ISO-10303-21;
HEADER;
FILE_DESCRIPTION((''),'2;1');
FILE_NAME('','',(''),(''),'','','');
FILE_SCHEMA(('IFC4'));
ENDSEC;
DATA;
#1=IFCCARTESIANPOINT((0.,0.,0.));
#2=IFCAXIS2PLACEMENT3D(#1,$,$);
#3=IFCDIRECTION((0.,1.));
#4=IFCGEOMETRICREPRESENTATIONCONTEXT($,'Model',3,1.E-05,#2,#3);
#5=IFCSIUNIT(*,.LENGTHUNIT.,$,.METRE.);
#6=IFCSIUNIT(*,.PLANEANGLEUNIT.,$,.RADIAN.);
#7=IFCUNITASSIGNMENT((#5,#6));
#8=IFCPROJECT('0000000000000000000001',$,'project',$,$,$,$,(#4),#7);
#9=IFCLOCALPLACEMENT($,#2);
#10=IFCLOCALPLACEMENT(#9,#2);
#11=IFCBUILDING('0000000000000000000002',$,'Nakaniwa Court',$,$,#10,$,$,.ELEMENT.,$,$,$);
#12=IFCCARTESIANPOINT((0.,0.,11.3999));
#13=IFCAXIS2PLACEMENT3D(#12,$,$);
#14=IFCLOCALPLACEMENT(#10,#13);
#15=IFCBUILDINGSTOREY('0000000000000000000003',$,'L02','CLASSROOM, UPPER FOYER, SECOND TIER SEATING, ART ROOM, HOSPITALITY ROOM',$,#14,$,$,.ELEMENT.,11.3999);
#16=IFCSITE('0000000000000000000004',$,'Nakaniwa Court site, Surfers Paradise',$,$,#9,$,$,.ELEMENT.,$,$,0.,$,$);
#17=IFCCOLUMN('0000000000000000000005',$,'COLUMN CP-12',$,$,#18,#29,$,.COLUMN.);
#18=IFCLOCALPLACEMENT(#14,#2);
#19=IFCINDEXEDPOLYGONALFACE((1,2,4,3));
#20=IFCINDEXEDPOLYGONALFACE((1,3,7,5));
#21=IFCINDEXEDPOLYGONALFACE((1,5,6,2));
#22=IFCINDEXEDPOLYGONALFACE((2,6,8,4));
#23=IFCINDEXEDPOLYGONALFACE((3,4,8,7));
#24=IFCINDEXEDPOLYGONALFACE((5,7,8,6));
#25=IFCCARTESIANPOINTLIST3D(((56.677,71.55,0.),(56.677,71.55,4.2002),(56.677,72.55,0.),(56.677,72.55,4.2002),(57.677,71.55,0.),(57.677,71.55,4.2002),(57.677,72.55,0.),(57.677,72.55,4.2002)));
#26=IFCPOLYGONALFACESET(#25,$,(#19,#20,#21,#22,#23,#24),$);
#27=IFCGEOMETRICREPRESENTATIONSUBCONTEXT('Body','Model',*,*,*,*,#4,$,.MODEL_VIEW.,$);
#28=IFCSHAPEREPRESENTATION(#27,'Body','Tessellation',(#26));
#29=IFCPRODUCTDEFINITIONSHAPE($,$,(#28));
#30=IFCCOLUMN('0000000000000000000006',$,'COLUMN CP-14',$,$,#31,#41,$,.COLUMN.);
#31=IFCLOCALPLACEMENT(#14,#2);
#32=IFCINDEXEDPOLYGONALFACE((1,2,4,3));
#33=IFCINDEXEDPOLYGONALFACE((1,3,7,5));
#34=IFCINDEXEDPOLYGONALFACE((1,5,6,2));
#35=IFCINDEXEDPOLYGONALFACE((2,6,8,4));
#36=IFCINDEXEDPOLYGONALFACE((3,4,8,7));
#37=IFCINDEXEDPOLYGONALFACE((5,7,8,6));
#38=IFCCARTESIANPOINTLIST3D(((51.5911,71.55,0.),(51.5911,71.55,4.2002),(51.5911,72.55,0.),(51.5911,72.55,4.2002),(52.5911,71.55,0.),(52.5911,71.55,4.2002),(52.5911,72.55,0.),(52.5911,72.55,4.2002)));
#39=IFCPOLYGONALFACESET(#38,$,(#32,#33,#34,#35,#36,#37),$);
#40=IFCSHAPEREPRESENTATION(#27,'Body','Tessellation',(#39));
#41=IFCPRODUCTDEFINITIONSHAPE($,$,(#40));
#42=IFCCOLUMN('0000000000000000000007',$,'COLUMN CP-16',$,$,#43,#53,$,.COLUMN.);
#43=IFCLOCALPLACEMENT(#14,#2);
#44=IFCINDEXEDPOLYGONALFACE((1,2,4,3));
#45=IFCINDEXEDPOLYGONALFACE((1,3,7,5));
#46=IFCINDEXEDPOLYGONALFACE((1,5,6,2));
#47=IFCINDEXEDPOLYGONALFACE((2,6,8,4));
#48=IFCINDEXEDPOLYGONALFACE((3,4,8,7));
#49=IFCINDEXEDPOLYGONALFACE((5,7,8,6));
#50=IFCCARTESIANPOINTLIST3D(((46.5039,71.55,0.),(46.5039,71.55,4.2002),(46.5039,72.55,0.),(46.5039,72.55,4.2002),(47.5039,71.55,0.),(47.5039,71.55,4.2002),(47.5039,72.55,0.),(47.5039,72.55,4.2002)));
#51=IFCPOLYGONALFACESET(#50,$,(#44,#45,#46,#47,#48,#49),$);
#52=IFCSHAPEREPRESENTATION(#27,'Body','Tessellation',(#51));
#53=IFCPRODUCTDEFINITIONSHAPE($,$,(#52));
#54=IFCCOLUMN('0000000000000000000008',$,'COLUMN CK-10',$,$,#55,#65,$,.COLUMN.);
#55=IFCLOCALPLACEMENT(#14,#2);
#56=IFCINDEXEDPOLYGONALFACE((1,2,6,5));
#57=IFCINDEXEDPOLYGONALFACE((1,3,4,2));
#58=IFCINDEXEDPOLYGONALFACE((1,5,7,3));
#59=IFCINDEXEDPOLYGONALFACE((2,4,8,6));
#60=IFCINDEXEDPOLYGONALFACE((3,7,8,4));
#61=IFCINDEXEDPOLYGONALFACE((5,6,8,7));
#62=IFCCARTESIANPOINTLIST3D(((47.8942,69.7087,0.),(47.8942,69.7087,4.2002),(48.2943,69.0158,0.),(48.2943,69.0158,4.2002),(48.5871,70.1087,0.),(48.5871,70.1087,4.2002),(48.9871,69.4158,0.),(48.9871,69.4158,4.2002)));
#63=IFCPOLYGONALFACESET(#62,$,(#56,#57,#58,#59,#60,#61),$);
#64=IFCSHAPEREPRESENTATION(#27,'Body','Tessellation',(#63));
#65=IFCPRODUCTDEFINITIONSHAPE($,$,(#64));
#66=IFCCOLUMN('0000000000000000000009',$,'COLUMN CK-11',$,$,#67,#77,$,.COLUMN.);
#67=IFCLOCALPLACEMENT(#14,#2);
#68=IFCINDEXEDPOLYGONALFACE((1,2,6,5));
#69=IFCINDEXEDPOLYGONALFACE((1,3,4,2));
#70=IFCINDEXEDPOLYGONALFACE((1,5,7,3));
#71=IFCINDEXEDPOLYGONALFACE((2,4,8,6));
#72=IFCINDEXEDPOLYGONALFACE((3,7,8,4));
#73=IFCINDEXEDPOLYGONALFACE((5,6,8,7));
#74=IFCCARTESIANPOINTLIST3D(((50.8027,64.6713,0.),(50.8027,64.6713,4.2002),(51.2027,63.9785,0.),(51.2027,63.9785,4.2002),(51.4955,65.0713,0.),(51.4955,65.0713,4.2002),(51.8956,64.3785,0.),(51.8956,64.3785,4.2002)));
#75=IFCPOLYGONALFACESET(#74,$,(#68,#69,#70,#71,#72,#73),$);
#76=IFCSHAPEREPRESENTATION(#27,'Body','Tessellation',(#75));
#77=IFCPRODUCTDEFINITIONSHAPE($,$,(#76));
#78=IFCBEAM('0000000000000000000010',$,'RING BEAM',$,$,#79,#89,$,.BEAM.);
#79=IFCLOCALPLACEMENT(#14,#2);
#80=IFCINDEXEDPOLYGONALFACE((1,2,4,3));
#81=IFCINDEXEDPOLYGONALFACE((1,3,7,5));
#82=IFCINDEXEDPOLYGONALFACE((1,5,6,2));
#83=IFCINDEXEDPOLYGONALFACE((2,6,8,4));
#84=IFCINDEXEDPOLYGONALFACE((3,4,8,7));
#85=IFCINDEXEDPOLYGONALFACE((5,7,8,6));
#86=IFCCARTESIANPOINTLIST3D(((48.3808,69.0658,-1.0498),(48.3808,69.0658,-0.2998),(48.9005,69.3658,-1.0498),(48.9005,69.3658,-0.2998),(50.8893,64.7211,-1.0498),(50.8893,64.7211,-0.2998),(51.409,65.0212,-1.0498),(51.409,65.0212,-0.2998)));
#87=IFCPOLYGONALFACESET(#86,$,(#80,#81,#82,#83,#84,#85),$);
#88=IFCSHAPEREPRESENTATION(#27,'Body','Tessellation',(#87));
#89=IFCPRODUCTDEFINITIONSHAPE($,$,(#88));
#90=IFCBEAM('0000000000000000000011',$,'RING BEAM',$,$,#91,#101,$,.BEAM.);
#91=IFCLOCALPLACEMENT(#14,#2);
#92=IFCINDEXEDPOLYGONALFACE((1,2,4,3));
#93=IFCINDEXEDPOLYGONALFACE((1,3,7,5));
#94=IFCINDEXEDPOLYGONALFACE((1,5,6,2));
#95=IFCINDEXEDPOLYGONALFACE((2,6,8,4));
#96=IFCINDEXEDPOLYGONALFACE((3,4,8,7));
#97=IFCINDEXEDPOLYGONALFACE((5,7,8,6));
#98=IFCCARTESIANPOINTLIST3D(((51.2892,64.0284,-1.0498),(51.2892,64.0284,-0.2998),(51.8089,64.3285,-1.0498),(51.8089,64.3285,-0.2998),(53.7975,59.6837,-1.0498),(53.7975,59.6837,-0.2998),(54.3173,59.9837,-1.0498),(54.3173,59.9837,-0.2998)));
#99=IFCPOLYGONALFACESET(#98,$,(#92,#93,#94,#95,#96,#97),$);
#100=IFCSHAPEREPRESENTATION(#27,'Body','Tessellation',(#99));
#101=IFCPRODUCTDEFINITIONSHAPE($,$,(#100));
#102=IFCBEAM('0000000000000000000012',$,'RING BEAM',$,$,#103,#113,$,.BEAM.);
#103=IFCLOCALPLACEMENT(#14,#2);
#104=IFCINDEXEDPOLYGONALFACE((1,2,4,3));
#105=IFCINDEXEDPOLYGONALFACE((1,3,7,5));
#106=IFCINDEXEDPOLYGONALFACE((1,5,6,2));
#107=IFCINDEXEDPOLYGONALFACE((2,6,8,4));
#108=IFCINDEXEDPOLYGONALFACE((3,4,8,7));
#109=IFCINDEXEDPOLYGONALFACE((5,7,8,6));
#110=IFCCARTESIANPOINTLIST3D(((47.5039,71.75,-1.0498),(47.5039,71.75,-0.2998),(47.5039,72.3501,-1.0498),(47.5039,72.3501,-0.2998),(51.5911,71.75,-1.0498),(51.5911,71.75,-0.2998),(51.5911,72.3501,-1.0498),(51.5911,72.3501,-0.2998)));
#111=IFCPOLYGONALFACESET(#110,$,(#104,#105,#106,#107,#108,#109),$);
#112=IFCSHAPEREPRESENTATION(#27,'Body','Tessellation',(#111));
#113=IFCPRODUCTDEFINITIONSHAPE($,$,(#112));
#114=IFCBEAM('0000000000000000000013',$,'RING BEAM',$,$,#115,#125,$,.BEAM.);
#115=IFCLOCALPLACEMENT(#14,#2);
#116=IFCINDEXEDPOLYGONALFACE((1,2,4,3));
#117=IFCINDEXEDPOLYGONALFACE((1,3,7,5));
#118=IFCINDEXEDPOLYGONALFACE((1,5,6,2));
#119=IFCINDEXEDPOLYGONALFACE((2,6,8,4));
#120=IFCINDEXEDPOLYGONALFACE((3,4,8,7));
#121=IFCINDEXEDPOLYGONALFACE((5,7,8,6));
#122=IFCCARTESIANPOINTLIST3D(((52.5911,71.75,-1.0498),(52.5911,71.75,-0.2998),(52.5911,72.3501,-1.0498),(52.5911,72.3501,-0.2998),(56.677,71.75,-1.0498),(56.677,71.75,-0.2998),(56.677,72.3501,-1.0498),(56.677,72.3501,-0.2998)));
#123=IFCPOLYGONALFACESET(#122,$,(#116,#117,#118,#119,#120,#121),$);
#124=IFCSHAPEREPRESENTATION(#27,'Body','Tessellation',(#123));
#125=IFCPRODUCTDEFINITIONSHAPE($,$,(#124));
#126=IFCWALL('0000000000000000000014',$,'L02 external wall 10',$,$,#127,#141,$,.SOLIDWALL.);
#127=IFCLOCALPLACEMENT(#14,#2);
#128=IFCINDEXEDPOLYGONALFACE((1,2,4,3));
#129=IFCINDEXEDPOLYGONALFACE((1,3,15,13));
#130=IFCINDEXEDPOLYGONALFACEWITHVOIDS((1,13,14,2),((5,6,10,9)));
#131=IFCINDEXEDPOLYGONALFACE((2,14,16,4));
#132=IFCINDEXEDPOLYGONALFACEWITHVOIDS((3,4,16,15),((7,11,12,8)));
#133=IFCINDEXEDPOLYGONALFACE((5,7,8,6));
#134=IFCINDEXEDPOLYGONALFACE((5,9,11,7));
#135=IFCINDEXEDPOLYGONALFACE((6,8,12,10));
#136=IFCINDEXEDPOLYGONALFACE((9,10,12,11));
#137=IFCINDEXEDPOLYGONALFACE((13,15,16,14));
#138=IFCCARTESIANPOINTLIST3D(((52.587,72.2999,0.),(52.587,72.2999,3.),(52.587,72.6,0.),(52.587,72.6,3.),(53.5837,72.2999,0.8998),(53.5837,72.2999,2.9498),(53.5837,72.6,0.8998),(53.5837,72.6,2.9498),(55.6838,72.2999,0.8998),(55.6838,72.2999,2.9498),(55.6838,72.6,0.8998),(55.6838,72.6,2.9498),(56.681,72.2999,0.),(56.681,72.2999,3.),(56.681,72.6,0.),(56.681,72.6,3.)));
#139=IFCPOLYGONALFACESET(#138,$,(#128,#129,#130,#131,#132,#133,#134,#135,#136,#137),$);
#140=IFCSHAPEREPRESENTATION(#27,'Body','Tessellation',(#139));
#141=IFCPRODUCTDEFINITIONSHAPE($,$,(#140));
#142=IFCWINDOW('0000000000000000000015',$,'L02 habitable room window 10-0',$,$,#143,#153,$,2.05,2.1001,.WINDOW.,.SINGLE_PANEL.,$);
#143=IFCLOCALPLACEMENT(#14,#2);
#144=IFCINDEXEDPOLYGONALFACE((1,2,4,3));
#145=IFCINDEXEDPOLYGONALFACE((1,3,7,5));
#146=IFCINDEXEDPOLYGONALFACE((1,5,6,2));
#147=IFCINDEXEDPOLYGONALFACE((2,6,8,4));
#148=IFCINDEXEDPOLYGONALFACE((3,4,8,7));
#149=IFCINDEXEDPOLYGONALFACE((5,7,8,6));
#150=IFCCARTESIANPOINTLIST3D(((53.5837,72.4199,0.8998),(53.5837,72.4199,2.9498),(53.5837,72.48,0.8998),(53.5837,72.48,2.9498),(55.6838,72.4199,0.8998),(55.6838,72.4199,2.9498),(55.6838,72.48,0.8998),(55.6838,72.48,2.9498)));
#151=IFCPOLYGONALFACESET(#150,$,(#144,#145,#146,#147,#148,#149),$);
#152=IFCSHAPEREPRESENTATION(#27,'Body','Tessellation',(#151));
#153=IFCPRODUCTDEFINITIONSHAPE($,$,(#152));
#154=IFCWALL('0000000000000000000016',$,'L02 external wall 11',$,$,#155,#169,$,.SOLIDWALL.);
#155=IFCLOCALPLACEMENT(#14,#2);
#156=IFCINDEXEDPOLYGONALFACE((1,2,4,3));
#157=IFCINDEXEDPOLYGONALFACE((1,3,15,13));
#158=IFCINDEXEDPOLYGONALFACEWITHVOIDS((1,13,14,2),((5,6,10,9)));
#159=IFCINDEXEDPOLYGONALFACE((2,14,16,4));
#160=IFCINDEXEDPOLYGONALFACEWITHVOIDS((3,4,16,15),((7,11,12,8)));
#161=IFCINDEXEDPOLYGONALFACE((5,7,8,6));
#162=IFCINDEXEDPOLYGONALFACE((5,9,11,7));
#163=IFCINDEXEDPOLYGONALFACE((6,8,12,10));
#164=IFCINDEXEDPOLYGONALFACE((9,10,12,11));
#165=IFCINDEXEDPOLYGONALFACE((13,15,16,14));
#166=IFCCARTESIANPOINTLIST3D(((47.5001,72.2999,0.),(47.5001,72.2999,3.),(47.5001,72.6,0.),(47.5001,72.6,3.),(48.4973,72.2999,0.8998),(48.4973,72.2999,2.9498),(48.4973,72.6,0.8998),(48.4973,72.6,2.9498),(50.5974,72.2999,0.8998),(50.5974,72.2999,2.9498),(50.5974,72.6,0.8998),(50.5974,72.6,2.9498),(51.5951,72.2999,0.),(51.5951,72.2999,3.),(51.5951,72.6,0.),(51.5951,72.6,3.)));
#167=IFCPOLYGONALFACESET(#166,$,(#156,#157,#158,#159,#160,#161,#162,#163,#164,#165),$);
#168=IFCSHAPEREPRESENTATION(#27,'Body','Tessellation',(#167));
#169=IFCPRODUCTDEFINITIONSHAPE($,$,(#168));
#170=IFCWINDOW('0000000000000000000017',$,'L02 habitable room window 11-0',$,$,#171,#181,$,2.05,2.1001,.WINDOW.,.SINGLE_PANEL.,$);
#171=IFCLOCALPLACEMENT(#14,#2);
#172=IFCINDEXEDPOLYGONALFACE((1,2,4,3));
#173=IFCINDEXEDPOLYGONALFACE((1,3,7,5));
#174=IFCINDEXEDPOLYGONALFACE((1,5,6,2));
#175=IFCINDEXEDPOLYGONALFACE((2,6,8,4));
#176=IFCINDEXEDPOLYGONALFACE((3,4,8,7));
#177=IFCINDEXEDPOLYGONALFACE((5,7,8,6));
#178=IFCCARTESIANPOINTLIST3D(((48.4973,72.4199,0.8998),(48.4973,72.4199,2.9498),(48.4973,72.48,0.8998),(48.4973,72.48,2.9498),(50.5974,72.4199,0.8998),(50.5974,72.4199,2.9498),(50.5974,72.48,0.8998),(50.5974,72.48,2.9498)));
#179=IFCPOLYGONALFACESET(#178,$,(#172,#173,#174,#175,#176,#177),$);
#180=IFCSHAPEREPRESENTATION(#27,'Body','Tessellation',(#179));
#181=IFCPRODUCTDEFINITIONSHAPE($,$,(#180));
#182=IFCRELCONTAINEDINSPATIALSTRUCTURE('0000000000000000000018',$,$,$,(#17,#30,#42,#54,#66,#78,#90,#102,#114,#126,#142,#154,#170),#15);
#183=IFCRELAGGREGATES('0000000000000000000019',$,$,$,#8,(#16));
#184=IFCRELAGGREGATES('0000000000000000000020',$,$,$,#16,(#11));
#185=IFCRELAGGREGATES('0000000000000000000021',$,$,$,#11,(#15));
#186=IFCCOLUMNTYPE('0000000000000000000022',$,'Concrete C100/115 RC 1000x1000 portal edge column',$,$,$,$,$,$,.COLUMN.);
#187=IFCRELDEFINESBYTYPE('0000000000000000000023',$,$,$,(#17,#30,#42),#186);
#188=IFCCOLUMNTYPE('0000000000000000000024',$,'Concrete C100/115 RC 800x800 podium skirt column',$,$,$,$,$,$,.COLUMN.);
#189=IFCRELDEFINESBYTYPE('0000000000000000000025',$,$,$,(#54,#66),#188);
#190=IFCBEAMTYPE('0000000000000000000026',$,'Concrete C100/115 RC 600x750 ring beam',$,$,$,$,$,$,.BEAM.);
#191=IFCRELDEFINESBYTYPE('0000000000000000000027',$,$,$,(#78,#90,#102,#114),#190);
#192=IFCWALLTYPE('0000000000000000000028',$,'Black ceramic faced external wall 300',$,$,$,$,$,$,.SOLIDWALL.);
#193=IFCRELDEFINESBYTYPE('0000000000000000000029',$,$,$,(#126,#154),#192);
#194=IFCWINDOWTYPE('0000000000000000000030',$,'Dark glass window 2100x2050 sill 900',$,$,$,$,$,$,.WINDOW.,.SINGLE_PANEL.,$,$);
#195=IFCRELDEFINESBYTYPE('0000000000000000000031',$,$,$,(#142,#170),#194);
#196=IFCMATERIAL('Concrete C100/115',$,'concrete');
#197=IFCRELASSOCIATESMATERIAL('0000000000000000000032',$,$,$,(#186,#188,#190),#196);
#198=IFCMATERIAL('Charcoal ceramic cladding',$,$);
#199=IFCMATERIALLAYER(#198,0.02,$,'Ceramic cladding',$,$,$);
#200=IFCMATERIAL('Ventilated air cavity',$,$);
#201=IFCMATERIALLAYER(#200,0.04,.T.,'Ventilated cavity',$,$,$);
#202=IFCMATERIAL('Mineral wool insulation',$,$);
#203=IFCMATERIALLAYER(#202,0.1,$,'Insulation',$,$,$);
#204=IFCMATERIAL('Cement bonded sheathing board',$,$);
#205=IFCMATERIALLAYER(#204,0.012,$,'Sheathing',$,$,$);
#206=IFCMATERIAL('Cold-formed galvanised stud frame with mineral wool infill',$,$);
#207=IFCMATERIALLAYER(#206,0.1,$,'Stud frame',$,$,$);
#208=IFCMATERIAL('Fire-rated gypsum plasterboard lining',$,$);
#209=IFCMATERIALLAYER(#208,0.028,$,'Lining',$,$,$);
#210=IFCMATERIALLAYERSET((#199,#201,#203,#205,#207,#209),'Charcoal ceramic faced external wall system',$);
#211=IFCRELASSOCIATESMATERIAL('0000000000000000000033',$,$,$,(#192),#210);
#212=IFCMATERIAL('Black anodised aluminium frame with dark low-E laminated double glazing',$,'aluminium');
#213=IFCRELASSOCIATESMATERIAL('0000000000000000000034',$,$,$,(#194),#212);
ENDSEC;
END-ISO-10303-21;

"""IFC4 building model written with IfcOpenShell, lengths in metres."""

from ifc_helpers import new_model, si_unit, direction, frame, frame_2d, origin, origin_2d, place, context, subcontext, project, spatial, rectangle, extrude, material, layer, layer_set, material_profile, profile_set, type_object, element, fill, save


model = new_model("IFC4")

# Units and contexts
model_context = context("Model", 3, precision=1e-05, world=origin(), true_north=direction((0.0, 1.0)))
body_context = subcontext(model_context, "Body", "Model", "MODEL_VIEW")
ifc_project = project(units=[si_unit("LENGTHUNIT", "METRE"), si_unit("PLANEANGLEUNIT", "RADIAN")], contexts=[model_context])

# Site, building, storey
site_placement = place(None, origin())
site = spatial("IfcSite", under=ifc_project, at=site_placement, Name="Nakaniwa Court site, Surfers Paradise", CompositionType="ELEMENT", RefElevation=0.0)
building_placement = place(site_placement, origin())
building = spatial("IfcBuilding", under=site, at=building_placement, Name="Nakaniwa Court", CompositionType="ELEMENT")
storey_placement = place(building_placement, frame((0.0, 0.0, 11.3999)))
storey = spatial("IfcBuildingStorey", under=building, at=storey_placement, Name="L02", Description="CLASSROOM, UPPER FOYER, SECOND TIER SEATING, ART ROOM, HOSPITALITY ROOM", CompositionType="ELEMENT", Elevation=11.3999)

# Columns
ifc_material_1 = material(Name="Concrete C100/115", Category="concrete")
ifc_material_profile_1 = material_profile(ifc_material_1, rectangle(XDim=1.0, YDim=1.0, at=origin_2d()), Name="Concrete C100/115 RC 1000x1000 portal edge column")
ifc_profile_set_1 = profile_set([ifc_material_profile_1], Name="Concrete C100/115")
column_type_1 = type_object("IfcColumnType", Name="Concrete C100/115 RC 1000x1000 portal edge column", PredefinedType="COLUMN", material=ifc_profile_set_1)
for number, where, z_axis, x_axis, name in (
    (1, (57.177, 72.05, 0.0), (0.0, 0.0, 1.0), (1.0, 0.0, 0.0), "COLUMN CP-12"),
    (2, (52.0911, 72.05, 0.0), (0.0, 0.0, 1.0), (1.0, 0.0, 0.0), "COLUMN CP-14"),
    (3, (47.0039, 72.05, 0.0), (0.0, 0.0, 1.0), (1.0, 0.0, 0.0), "COLUMN CP-16"),
):
    element("IfcColumn", number, at=place(storey_placement, frame(where, z_axis=z_axis, x_axis=x_axis)), inside=storey, type_object=column_type_1, Name=name, PredefinedType="COLUMN", context=body_context, shape_type="SweptSolid", body=[
        extrude(rectangle(XDim=1.0, YDim=1.0, at=origin_2d()), origin(), (0.0, 0.0, 1.0), 4.2002),
    ])
ifc_material_profile_2 = material_profile(ifc_material_1, rectangle(XDim=0.8, YDim=0.8, at=origin_2d()), Name="Concrete C100/115 RC 800x800 podium skirt column")
ifc_profile_set_2 = profile_set([ifc_material_profile_2], Name="Concrete C100/115")
column_type_2 = type_object("IfcColumnType", Name="Concrete C100/115 RC 800x800 podium skirt column", PredefinedType="COLUMN", material=ifc_profile_set_2)
for number, where, z_axis, x_axis, name in (
    (4, (48.4407, 69.5623, 0.0), (0.0, 0.0, 1.0), (0.5, -0.866025, 0.0), "COLUMN CK-10"),
    (5, (51.3491, 64.5249, 0.0), (0.0, 0.0, 1.0), (0.5, -0.866025, 0.0), "COLUMN CK-11"),
):
    element("IfcColumn", number, at=place(storey_placement, frame(where, z_axis=z_axis, x_axis=x_axis)), inside=storey, type_object=column_type_2, Name=name, PredefinedType="COLUMN", context=body_context, shape_type="SweptSolid", body=[
        extrude(rectangle(XDim=0.8, YDim=0.8, at=origin_2d()), origin(), (0.0, 0.0, 1.0), 4.2002),
    ])

# Beams
ifc_material_profile_3 = material_profile(ifc_material_1, rectangle(XDim=0.6001, YDim=0.75, at=origin_2d()), Name="Concrete C100/115 RC 600x750 ring beam")
ifc_profile_set_3 = profile_set([ifc_material_profile_3], Name="Concrete C100/115")
beam_type = type_object("IfcBeamType", Name="Concrete C100/115 RC 600x750 ring beam", PredefinedType="BEAM", material=ifc_profile_set_3)
for number, where, z_axis, x_axis, name in (
    (6, (48.6406, 69.2158, -0.6748), (0.500017, -0.866015, 0.0), (0.866015, 0.500017, 0.0), "RING BEAM"),
    (7, (51.5491, 64.1785, -0.6748), (0.499981, -0.866036, 0.0), (0.866036, 0.499981, 0.0), "RING BEAM"),
):
    element("IfcBeam", number, at=place(storey_placement, frame(where, z_axis=z_axis, x_axis=x_axis)), inside=storey, type_object=beam_type, Name=name, PredefinedType="BEAM", context=body_context, shape_type="SweptSolid", body=[
        extrude(rectangle(XDim=0.6001, YDim=0.75, at=origin_2d()), origin(), (0.0, 0.0, 1.0), 5.0168),
    ])
beam_1_placement = place(storey_placement, frame((47.5039, 72.05, -0.6748), z_axis=(1.0, 0.0, 0.0), x_axis=(0.0, 1.0, 0.0)))
element("IfcBeam", 8, at=beam_1_placement, inside=storey, type_object=beam_type, Name="RING BEAM", PredefinedType="BEAM", context=body_context, shape_type="SweptSolid", body=[
    extrude(rectangle(XDim=0.6001, YDim=0.75, at=origin_2d()), origin(), (0.0, 0.0, 1.0), 4.0872),
])
beam_2_placement = place(storey_placement, frame((52.5911, 72.05, -0.6748), z_axis=(1.0, 0.0, 0.0), x_axis=(0.0, 1.0, 0.0)))
element("IfcBeam", 9, at=beam_2_placement, inside=storey, type_object=beam_type, Name="RING BEAM", PredefinedType="BEAM", context=body_context, shape_type="SweptSolid", body=[
    extrude(rectangle(XDim=0.6001, YDim=0.75, at=origin_2d()), origin(), (0.0, 0.0, 1.0), 4.0859),
])

# Walls, openings, windows
ifc_material_2 = material(Name="Charcoal ceramic cladding")
ifc_layer_1 = layer(ifc_material_2, 0.02, Name="Ceramic cladding")
ifc_material_3 = material(Name="Ventilated air cavity")
ifc_layer_2 = layer(ifc_material_3, 0.04, ventilated=True, Name="Ventilated cavity")
ifc_material_4 = material(Name="Mineral wool insulation")
ifc_layer_3 = layer(ifc_material_4, 0.1, Name="Insulation")
ifc_material_5 = material(Name="Cement bonded sheathing board")
ifc_layer_4 = layer(ifc_material_5, 0.012, Name="Sheathing")
ifc_material_6 = material(Name="Cold-formed galvanised stud frame with mineral wool infill")
ifc_layer_5 = layer(ifc_material_6, 0.1, Name="Stud frame")
ifc_material_7 = material(Name="Fire-rated gypsum plasterboard lining")
ifc_layer_6 = layer(ifc_material_7, 0.028, Name="Lining")
ifc_layer_set_1 = layer_set([ifc_layer_1, ifc_layer_2, ifc_layer_3, ifc_layer_4, ifc_layer_5, ifc_layer_6], Name="Charcoal ceramic faced external wall system")
wall_type_1 = type_object("IfcWallType", Name="Black ceramic faced external wall 300", PredefinedType="SOLIDWALL", material=ifc_layer_set_1)
wall_1_placement = place(storey_placement, frame((56.6809, 72.45, 0.0), z_axis=(0.0, 0.0, 1.0), x_axis=(-1.0, 0.0, 0.0)))
wall_1 = element("IfcWall", 10, at=wall_1_placement, inside=storey, type_object=wall_type_1, Name="L02 external wall 10", PredefinedType="SOLIDWALL", context=body_context, shape_type="SweptSolid", body=[
    extrude(rectangle(XDim=4.094, YDim=0.3, at=frame_2d((2.0469, 0.0))), origin(), (0.0, 0.0, 1.0), 3.0),
])
opening_1_placement = place(wall_1_placement, frame((0.9971, 0.0, 0.8999)))
opening_1 = element("IfcOpeningElement", 11, at=opening_1_placement, cuts=wall_1, PredefinedType="OPENING", context=body_context, shape_type="SweptSolid", body=[
    extrude(rectangle(XDim=2.1001, YDim=2.05, at=frame_2d((1.05, 1.0249))), frame((0.0, 0.1599, 0.0), z_axis=(0.0, -1.0, 0.0), x_axis=(1.0, 0.0, 0.0)), (0.0, 0.0, 1.0), 0.3201),
])
ifc_material_8 = material(Name="Black anodised aluminium frame with dark low-E laminated double glazing", Category="aluminium")
window_type_1 = type_object("IfcWindowType", Name="Dark glass window 2100x2050 sill 900", PartitioningType="SINGLE_PANEL", PredefinedType="WINDOW", material=ifc_material_8)
window_1_placement = place(opening_1_placement, origin())
window_1 = element("IfcWindow", 12, at=window_1_placement, inside=storey, type_object=window_type_1, Name="L02 habitable room window 10-0", OverallHeight=2.05, OverallWidth=2.1001, PartitioningType="SINGLE_PANEL", PredefinedType="WINDOW", context=body_context, shape_type="SweptSolid", body=[
    extrude(rectangle(XDim=2.1001, YDim=2.05, at=frame_2d((1.05, 1.0249))), frame((0.0, 0.03, 0.0), z_axis=(0.0, -1.0, 0.0), x_axis=(1.0, 0.0, 0.0)), (0.0, 0.0, 1.0), 0.0601),
])
fill(opening_1, window_1)
wall_2_placement = place(storey_placement, frame((51.595, 72.45, 0.0), z_axis=(0.0, 0.0, 1.0), x_axis=(-1.0, 0.0, 0.0)))
wall_2 = element("IfcWall", 13, at=wall_2_placement, inside=storey, type_object=wall_type_1, Name="L02 external wall 11", PredefinedType="SOLIDWALL", context=body_context, shape_type="SweptSolid", body=[
    extrude(rectangle(XDim=4.095, YDim=0.3, at=frame_2d((2.0474, 0.0))), origin(), (0.0, 0.0, 1.0), 3.0),
])
opening_2_placement = place(wall_2_placement, frame((0.9976, 0.0, 0.8999)))
opening_2 = element("IfcOpeningElement", 14, at=opening_2_placement, cuts=wall_2, PredefinedType="OPENING", context=body_context, shape_type="SweptSolid", body=[
    extrude(rectangle(XDim=2.1001, YDim=2.05, at=frame_2d((1.05, 1.0249))), frame((0.0, 0.1599, 0.0), z_axis=(0.0, -1.0, 0.0), x_axis=(1.0, 0.0, 0.0)), (0.0, 0.0, 1.0), 0.3201),
])
window_2_placement = place(opening_2_placement, origin())
window_2 = element("IfcWindow", 15, at=window_2_placement, inside=storey, type_object=window_type_1, Name="L02 habitable room window 11-0", OverallHeight=2.05, OverallWidth=2.1001, PartitioningType="SINGLE_PANEL", PredefinedType="WINDOW", context=body_context, shape_type="SweptSolid", body=[
    extrude(rectangle(XDim=2.1001, YDim=2.05, at=frame_2d((1.05, 1.0249))), frame((0.0, 0.03, 0.0), z_axis=(0.0, -1.0, 0.0), x_axis=(1.0, 0.0, 0.0)), (0.0, 0.0, 1.0), 0.0601),
])
fill(opening_2, window_2)

save(model, "model.ifc")
